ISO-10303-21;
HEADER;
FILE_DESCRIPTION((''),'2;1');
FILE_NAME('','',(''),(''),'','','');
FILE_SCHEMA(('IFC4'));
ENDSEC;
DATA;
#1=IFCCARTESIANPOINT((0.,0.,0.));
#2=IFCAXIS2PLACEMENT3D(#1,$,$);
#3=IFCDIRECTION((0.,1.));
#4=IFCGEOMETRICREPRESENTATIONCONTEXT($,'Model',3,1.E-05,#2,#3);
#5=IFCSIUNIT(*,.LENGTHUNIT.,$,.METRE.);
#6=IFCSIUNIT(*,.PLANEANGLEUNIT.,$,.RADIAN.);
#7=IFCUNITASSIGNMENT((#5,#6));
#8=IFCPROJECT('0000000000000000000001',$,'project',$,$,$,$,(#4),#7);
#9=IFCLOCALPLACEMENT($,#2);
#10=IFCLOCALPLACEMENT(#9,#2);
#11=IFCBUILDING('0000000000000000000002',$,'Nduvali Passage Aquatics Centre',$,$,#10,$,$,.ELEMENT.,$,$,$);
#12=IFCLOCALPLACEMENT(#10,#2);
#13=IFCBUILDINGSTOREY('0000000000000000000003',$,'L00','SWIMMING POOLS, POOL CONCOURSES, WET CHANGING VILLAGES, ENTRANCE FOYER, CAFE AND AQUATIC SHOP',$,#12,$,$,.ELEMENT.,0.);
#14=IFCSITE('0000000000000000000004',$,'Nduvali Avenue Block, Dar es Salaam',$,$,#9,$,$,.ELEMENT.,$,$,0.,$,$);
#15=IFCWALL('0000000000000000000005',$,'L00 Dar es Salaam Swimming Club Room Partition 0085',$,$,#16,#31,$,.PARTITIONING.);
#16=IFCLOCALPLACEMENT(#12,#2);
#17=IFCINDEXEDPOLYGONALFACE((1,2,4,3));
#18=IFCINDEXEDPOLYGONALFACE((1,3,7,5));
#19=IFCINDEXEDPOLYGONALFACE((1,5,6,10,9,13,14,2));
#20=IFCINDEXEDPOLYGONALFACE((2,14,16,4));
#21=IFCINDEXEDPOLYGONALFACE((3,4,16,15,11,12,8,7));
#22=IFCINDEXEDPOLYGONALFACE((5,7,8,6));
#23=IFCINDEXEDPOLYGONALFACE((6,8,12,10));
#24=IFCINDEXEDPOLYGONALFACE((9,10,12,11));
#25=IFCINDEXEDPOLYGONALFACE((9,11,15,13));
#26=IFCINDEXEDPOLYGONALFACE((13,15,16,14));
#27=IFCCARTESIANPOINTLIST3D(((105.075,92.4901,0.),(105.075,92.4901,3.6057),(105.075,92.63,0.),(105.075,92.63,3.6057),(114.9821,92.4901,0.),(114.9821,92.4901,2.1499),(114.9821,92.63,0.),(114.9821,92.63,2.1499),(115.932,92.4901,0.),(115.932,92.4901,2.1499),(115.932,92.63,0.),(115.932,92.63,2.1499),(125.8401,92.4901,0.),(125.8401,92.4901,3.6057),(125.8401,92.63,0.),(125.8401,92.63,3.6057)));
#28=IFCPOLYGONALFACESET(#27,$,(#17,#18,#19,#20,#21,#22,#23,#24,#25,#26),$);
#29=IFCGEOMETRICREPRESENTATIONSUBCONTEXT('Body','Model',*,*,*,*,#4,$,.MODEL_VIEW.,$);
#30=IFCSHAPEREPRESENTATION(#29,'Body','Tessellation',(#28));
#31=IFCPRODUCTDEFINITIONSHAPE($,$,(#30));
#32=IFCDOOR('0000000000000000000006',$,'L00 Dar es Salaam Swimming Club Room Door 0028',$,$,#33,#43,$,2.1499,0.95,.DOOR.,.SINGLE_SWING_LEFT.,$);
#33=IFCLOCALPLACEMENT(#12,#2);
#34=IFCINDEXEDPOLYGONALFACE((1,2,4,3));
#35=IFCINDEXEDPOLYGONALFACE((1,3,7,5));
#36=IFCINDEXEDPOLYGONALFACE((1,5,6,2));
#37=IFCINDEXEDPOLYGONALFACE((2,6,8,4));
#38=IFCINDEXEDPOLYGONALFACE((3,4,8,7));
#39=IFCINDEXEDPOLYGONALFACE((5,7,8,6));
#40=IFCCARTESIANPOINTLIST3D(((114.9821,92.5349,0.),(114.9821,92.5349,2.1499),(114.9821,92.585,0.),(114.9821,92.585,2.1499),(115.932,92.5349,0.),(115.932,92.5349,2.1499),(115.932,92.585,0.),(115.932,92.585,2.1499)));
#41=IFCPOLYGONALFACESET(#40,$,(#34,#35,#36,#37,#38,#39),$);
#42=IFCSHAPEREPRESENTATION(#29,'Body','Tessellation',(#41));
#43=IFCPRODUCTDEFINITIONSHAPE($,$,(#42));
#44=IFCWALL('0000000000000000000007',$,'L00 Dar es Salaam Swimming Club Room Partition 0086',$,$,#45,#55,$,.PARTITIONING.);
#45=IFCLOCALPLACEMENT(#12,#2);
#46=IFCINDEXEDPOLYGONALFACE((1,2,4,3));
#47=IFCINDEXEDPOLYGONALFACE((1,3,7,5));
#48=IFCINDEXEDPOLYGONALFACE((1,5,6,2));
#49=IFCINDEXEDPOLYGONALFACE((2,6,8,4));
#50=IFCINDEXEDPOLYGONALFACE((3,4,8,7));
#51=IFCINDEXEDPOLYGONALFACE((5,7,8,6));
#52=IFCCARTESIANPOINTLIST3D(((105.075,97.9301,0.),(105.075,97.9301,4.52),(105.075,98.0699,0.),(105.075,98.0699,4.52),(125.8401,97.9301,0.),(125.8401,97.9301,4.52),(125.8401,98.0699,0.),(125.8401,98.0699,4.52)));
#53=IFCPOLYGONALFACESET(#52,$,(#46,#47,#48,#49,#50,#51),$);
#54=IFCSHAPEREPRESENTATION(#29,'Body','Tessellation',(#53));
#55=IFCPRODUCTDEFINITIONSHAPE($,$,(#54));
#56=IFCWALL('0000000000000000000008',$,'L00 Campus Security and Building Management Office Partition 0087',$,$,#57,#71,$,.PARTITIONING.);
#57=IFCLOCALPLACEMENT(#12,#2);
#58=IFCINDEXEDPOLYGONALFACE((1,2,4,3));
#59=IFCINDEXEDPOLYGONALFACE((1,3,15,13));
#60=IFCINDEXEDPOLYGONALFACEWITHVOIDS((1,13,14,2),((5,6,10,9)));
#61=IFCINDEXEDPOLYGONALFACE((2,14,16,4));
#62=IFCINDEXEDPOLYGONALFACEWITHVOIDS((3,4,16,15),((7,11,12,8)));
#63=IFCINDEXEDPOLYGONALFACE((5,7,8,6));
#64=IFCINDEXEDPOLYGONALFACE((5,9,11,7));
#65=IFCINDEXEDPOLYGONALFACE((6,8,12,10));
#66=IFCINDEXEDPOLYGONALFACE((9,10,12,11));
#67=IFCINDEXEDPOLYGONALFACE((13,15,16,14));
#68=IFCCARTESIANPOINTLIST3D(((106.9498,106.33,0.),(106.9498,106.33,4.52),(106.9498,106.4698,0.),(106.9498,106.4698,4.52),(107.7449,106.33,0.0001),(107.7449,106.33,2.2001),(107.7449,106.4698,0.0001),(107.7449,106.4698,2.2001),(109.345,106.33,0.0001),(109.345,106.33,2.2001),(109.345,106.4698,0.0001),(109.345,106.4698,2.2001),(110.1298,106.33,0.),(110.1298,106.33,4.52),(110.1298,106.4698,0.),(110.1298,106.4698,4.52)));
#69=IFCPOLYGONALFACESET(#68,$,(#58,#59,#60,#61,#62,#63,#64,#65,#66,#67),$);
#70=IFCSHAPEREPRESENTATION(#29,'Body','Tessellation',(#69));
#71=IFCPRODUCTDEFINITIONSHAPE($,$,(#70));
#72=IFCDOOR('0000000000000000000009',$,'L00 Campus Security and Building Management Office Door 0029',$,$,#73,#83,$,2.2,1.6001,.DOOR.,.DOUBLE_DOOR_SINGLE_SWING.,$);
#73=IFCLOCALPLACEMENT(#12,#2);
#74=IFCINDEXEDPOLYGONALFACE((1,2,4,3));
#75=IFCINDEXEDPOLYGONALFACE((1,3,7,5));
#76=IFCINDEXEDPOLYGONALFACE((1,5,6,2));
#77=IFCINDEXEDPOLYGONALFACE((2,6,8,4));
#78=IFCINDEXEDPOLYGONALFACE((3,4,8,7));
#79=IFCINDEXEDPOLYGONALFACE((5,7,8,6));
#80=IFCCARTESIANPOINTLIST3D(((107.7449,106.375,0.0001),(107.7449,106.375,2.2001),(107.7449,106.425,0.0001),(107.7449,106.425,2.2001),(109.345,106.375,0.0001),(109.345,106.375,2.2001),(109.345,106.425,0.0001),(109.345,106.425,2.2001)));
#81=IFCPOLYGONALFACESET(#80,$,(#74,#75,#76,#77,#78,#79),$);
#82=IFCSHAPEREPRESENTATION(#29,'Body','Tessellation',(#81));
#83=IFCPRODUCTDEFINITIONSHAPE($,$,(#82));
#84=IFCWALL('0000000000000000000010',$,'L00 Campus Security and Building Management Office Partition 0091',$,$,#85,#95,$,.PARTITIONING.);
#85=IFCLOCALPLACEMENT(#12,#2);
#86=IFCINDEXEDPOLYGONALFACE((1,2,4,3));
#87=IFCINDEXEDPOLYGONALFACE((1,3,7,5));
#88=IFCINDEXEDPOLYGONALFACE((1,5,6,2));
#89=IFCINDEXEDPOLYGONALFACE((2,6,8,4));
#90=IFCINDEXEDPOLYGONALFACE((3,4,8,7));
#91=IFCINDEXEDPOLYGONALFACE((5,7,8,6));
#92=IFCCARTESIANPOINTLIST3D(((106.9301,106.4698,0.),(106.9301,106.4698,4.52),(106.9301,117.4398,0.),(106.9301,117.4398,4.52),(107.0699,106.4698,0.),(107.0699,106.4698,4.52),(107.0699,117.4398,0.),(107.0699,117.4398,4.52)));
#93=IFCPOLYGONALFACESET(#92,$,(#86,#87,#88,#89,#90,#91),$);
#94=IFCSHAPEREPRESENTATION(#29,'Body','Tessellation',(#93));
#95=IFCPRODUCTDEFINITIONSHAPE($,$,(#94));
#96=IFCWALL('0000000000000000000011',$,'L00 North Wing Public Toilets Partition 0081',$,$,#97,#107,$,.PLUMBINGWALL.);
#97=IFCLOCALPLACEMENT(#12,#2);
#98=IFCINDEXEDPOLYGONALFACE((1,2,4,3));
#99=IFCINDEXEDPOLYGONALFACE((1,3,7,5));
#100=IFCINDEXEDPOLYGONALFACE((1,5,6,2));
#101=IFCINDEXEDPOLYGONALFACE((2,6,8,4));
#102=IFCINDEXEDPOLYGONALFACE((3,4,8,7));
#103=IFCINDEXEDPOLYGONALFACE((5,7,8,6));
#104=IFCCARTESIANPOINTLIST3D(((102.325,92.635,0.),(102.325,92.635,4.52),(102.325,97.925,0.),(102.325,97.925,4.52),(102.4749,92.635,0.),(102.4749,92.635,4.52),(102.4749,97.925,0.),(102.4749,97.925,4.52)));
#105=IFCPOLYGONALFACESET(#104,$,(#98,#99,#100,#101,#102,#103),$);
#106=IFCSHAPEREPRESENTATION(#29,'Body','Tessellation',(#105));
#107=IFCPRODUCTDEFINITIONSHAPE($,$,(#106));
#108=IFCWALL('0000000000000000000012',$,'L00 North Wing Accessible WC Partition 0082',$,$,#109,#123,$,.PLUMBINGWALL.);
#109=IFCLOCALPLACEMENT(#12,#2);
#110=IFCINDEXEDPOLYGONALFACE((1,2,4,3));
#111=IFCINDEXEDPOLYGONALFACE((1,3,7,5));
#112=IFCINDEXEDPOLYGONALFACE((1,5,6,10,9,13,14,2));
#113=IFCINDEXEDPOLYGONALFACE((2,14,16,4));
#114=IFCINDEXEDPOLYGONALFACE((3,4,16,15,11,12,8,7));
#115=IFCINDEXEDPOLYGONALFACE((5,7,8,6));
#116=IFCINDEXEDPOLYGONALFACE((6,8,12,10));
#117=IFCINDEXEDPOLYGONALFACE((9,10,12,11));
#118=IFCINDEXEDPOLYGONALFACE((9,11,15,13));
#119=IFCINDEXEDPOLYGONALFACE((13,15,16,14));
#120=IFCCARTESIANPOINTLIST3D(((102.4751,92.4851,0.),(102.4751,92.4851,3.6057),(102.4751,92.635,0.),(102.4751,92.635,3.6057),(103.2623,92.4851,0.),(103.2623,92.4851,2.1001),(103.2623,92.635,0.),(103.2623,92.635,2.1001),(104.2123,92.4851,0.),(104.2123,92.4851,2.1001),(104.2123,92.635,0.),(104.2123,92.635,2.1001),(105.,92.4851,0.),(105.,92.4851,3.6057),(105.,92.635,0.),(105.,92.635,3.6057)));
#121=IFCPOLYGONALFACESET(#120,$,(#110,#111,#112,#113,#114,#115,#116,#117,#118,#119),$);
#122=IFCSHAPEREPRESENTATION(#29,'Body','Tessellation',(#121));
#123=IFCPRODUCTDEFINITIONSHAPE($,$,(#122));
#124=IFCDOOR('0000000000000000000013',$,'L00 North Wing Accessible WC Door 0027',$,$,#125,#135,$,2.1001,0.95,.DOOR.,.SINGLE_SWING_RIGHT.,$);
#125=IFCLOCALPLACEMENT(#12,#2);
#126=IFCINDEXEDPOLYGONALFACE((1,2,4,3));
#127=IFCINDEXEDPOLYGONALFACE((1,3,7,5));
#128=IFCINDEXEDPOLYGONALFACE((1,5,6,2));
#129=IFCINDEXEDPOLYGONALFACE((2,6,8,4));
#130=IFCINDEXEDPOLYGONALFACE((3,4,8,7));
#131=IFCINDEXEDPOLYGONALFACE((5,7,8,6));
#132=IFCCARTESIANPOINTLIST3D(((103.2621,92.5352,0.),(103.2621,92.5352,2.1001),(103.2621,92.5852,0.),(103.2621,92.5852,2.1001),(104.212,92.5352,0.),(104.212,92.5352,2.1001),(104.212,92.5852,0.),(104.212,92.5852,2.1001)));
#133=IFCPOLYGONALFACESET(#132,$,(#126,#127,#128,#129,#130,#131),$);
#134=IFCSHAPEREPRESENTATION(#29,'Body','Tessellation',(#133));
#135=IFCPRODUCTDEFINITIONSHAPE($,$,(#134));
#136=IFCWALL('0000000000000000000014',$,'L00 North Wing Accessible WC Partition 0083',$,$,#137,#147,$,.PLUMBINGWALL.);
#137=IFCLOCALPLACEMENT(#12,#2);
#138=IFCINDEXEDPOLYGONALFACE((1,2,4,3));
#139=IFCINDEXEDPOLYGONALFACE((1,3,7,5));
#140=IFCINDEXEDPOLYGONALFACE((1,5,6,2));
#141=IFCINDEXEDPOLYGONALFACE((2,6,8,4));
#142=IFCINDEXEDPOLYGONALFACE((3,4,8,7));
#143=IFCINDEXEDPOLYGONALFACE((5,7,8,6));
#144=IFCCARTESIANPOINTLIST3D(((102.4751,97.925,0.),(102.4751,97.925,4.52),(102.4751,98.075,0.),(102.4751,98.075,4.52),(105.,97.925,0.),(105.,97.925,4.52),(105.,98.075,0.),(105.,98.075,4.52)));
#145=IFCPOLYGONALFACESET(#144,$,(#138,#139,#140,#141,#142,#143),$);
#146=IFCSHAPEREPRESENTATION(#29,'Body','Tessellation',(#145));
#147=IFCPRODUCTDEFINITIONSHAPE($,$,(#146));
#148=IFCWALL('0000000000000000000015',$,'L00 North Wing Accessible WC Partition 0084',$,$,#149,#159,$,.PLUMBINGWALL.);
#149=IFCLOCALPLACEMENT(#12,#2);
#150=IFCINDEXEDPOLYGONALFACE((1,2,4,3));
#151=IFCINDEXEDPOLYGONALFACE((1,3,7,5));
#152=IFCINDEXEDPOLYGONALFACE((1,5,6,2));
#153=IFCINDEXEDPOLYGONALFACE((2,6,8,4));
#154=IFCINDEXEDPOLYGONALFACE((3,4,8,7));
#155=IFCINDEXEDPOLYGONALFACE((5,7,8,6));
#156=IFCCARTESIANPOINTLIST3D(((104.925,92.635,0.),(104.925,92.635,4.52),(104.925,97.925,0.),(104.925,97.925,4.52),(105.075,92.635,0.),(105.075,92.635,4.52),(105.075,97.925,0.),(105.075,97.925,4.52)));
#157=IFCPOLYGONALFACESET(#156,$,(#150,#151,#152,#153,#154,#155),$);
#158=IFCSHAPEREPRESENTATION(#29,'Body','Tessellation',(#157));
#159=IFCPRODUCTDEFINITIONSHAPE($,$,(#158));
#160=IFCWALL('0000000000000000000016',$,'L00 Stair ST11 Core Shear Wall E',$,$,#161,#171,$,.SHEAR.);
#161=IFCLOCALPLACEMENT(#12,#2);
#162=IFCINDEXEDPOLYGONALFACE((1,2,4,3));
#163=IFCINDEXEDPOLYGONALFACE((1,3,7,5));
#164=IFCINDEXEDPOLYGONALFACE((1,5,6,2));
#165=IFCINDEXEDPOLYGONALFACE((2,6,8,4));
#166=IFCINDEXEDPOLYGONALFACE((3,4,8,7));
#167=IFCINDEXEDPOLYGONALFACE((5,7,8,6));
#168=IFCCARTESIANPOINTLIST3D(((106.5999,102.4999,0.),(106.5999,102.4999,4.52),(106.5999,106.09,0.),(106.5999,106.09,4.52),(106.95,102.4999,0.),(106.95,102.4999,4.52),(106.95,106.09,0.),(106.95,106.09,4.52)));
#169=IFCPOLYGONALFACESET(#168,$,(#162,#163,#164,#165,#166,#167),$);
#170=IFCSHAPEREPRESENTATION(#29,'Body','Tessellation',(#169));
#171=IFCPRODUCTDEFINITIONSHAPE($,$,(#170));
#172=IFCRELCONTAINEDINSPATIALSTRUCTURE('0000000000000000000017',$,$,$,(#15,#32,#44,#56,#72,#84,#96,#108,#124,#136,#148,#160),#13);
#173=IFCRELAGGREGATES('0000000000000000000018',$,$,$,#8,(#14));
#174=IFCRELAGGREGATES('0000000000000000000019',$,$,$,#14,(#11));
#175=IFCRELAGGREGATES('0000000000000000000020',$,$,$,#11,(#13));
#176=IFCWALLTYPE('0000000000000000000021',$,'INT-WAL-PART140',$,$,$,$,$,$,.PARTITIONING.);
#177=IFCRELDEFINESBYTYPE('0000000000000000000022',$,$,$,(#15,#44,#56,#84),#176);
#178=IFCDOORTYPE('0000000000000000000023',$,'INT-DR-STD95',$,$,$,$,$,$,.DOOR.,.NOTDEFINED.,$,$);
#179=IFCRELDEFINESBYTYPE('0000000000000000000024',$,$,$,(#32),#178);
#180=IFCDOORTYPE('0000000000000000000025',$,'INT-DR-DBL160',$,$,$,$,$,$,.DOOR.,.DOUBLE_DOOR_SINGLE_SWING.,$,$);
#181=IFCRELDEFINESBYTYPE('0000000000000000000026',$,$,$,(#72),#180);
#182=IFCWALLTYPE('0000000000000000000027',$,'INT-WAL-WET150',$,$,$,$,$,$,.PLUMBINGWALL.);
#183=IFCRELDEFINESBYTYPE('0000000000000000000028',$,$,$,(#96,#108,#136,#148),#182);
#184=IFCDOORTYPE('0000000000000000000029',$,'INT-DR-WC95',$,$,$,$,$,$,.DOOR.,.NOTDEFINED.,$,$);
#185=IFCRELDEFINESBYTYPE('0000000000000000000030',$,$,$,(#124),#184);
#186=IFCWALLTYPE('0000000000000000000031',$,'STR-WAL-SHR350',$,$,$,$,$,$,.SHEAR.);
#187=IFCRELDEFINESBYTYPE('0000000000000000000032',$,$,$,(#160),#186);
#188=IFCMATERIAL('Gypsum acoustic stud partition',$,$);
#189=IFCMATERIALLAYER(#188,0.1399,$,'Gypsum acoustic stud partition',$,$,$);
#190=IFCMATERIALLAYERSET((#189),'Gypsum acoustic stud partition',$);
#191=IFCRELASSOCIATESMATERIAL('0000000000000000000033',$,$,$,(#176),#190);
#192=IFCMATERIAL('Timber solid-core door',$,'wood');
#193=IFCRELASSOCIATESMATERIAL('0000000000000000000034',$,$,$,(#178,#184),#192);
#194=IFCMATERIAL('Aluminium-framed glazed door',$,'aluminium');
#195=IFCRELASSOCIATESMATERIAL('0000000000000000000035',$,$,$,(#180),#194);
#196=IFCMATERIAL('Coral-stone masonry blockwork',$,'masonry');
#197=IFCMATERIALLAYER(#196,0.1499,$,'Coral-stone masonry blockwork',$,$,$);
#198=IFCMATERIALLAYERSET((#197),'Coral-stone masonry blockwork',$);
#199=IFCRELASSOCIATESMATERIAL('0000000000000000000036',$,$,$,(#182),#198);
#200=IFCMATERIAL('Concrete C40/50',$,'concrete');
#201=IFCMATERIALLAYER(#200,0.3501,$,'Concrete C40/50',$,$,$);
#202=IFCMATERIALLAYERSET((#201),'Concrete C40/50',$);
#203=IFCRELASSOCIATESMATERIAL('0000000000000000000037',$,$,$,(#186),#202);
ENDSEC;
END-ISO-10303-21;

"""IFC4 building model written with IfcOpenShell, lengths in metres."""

from ifc_helpers import new_model, si_unit, direction, frame, frame_2d, origin, place, context, subcontext, project, spatial, rectangle, extrude, material, layer, layer_set, type_object, element, fill, save


model = new_model("IFC4")

# Units and contexts
model_context = context("Model", 3, precision=1e-05, world=origin(), true_north=direction((0.0, 1.0)))
body_context = subcontext(model_context, "Body", "Model", "MODEL_VIEW")
ifc_project = project(units=[si_unit("LENGTHUNIT", "METRE"), si_unit("PLANEANGLEUNIT", "RADIAN")], contexts=[model_context])

# Site, building, storey
site_placement = place(None, origin())
site = spatial("IfcSite", under=ifc_project, at=site_placement, Name="Nduvali Avenue Block, Dar es Salaam", CompositionType="ELEMENT", RefElevation=0.0)
building_placement = place(site_placement, origin())
building = spatial("IfcBuilding", under=site, at=building_placement, Name="Nduvali Passage Aquatics Centre", CompositionType="ELEMENT")
storey_placement = place(building_placement, origin())
storey = spatial("IfcBuildingStorey", under=building, at=storey_placement, Name="L00", Description="SWIMMING POOLS, POOL CONCOURSES, WET CHANGING VILLAGES, ENTRANCE FOYER, CAFE AND AQUATIC SHOP", CompositionType="ELEMENT", Elevation=0.0)

# Shared definitions
ifc_material_1 = material(Name="Concrete C40/50", Category="concrete")

# Wall, opening, door
ifc_material_2 = material(Name="Gypsum acoustic stud partition")
ifc_layer_1 = layer(ifc_material_2, 0.1399, Name="Gypsum acoustic stud partition")
ifc_layer_set_1 = layer_set([ifc_layer_1], Name="Gypsum acoustic stud partition")
wall_type_1 = type_object("IfcWallType", Name="INT-WAL-PART140", PredefinedType="PARTITIONING", material=ifc_layer_set_1)
wall_1_placement = place(storey_placement, frame((105.075, 92.5601, 0.0), z_axis=(0.0, 0.0, 1.0), x_axis=(1.0, 0.0, 0.0)))
wall_1 = element("IfcWall", 1, at=wall_1_placement, inside=storey, type_object=wall_type_1, Name="L00 Dar es Salaam Swimming Club Room Partition 0085", PredefinedType="PARTITIONING", context=body_context, shape_type="SweptSolid", body=[
    extrude(rectangle(XDim=20.7651, YDim=0.1399, at=frame_2d((10.3826, 0.0))), origin(), (0.0, 0.0, 1.0), 3.6057),
])
opening_1_placement = place(wall_1_placement, frame((9.907, 0.0, 0.0)))
opening_1 = element("IfcOpeningElement", 2, at=opening_1_placement, cuts=wall_1, PredefinedType="OPENING", context=body_context, shape_type="SweptSolid", body=[
    extrude(rectangle(XDim=0.95, YDim=2.1499, at=frame_2d((0.4751, 1.075))), frame((0.0, 0.085, 0.0), z_axis=(0.0, -1.0, 0.0), x_axis=(1.0, 0.0, 0.0)), (0.0, 0.0, 1.0), 0.1697),
])
ifc_material_3 = material(Name="Timber solid-core door", Category="wood")
door_type_1 = type_object("IfcDoorType", Name="INT-DR-STD95", OperationType="NOTDEFINED", PredefinedType="DOOR", material=ifc_material_3)
door_1_placement = place(opening_1_placement, origin())
door_1 = element("IfcDoor", 3, at=door_1_placement, inside=storey, type_object=door_type_1, Name="L00 Dar es Salaam Swimming Club Room Door 0028", OperationType="SINGLE_SWING_LEFT", OverallHeight=2.1499, OverallWidth=0.95, PredefinedType="DOOR", context=body_context, shape_type="SweptSolid", body=[
    extrude(rectangle(XDim=0.95, YDim=2.1499, at=frame_2d((0.4751, 1.075))), frame((0.0, 0.0249, 0.0), z_axis=(0.0, -1.0, 0.0), x_axis=(1.0, 0.0, 0.0)), (0.0, 0.0, 1.0), 0.05),
])
fill(opening_1, door_1)

# Wall
wall_2_placement = place(storey_placement, frame((105.075, 98.0, 0.0), z_axis=(0.0, 0.0, 1.0), x_axis=(1.0, 0.0, 0.0)))
element("IfcWall", 4, at=wall_2_placement, inside=storey, type_object=wall_type_1, Name="L00 Dar es Salaam Swimming Club Room Partition 0086", PredefinedType="PARTITIONING", context=body_context, shape_type="SweptSolid", body=[
    extrude(rectangle(XDim=20.7651, YDim=0.1399, at=frame_2d((10.3826, 0.0))), origin(), (0.0, 0.0, 1.0), 4.52),
])

# Wall, opening, door
wall_3_placement = place(storey_placement, frame((106.95, 106.3999, 0.0), z_axis=(0.0, 0.0, 1.0), x_axis=(1.0, 0.0, 0.0)))
wall_3 = element("IfcWall", 5, at=wall_3_placement, inside=storey, type_object=wall_type_1, Name="L00 Campus Security and Building Management Office Partition 0087", PredefinedType="PARTITIONING", context=body_context, shape_type="SweptSolid", body=[
    extrude(rectangle(XDim=3.1799, YDim=0.1399, at=frame_2d((1.5898, 0.0))), origin(), (0.0, 0.0, 1.0), 4.52),
])
opening_2_placement = place(wall_3_placement, frame((0.7949, 0.0, 0.0)))
opening_2 = element("IfcOpeningElement", 6, at=opening_2_placement, cuts=wall_3, PredefinedType="OPENING", context=body_context, shape_type="SweptSolid", body=[
    extrude(rectangle(XDim=1.6001, YDim=2.2, at=frame_2d((0.8, 1.1001))), frame((0.0, 0.085, 0.0), z_axis=(0.0, -1.0, 0.0), x_axis=(1.0, 0.0, 0.0)), (0.0, 0.0, 1.0), 0.1697),
])
ifc_material_4 = material(Name="Aluminium-framed glazed door", Category="aluminium")
door_type_2 = type_object("IfcDoorType", Name="INT-DR-DBL160", OperationType="DOUBLE_DOOR_SINGLE_SWING", PredefinedType="DOOR", material=ifc_material_4)
door_2_placement = place(opening_2_placement, frame((1.6001, 0.0, 0.0), z_axis=(0.0, 0.0, 1.0), x_axis=(-1.0, 0.0, 0.0)))
door_2 = element("IfcDoor", 7, at=door_2_placement, inside=storey, type_object=door_type_2, Name="L00 Campus Security and Building Management Office Door 0029", OperationType="DOUBLE_DOOR_SINGLE_SWING", OverallHeight=2.2, OverallWidth=1.6001, PredefinedType="DOOR", context=body_context, shape_type="SweptSolid", body=[
    extrude(rectangle(XDim=1.6001, YDim=2.2, at=frame_2d((0.8, 1.1001))), frame((0.0, 0.0249, 0.0), z_axis=(0.0, -1.0, 0.0), x_axis=(1.0, 0.0, 0.0)), (0.0, 0.0, 1.0), 0.05),
])
fill(opening_2, door_2)

# Walls
wall_4_placement = place(storey_placement, frame((107.0, 106.47, 0.0), z_axis=(0.0, 0.0, 1.0), x_axis=(0.0, 1.0, 0.0)))
element("IfcWall", 8, at=wall_4_placement, inside=storey, type_object=wall_type_1, Name="L00 Campus Security and Building Management Office Partition 0091", PredefinedType="PARTITIONING", context=body_context, shape_type="SweptSolid", body=[
    extrude(rectangle(XDim=10.97, YDim=0.1399, at=frame_2d((5.4849, 0.0))), origin(), (0.0, 0.0, 1.0), 4.52),
])
ifc_material_5 = material(Name="Coral-stone masonry blockwork", Category="masonry")
ifc_layer_2 = layer(ifc_material_5, 0.1499, Name="Coral-stone masonry blockwork")
ifc_layer_set_2 = layer_set([ifc_layer_2], Name="Coral-stone masonry blockwork")
wall_type_2 = type_object("IfcWallType", Name="INT-WAL-WET150", PredefinedType="PLUMBINGWALL", material=ifc_layer_set_2)
wall_5_placement = place(storey_placement, frame((102.3999, 92.635, 0.0), z_axis=(0.0, 0.0, 1.0), x_axis=(0.0, 1.0, 0.0)))
element("IfcWall", 9, at=wall_5_placement, inside=storey, type_object=wall_type_2, Name="L00 North Wing Public Toilets Partition 0081", PredefinedType="PLUMBINGWALL", context=body_context, shape_type="SweptSolid", body=[
    extrude(rectangle(XDim=5.29, YDim=0.1499, at=frame_2d((2.645, 0.0))), origin(), (0.0, 0.0, 1.0), 4.52),
])

# Wall, opening, door
wall_6_placement = place(storey_placement, frame((102.4751, 92.5601, 0.0), z_axis=(0.0, 0.0, 1.0), x_axis=(1.0, 0.0, 0.0)))
wall_6 = element("IfcWall", 10, at=wall_6_placement, inside=storey, type_object=wall_type_2, Name="L00 North Wing Accessible WC Partition 0082", PredefinedType="PLUMBINGWALL", context=body_context, shape_type="SweptSolid", body=[
    extrude(rectangle(XDim=2.5249, YDim=0.1499, at=frame_2d((1.2625, 0.0))), origin(), (0.0, 0.0, 1.0), 3.6057),
])
opening_3_placement = place(wall_6_placement, frame((0.7871, 0.0, 0.0)))
opening_3 = element("IfcOpeningElement", 11, at=opening_3_placement, cuts=wall_6, PredefinedType="OPENING", context=body_context, shape_type="SweptSolid", body=[
    extrude(rectangle(XDim=0.95, YDim=2.1001, at=frame_2d((0.4751, 1.05))), frame((0.0, 0.0898, 0.0), z_axis=(0.0, -1.0, 0.0), x_axis=(1.0, 0.0, 0.0)), (0.0, 0.0, 1.0), 0.1797),
])
door_type_3 = type_object("IfcDoorType", Name="INT-DR-WC95", OperationType="NOTDEFINED", PredefinedType="DOOR", material=ifc_material_3)
door_3_placement = place(opening_3_placement, frame((0.95, 0.0, 0.0), z_axis=(0.0, 0.0, 1.0), x_axis=(-1.0, 0.0, 0.0)))
door_3 = element("IfcDoor", 12, at=door_3_placement, inside=storey, type_object=door_type_3, Name="L00 North Wing Accessible WC Door 0027", OperationType="SINGLE_SWING_RIGHT", OverallHeight=2.1001, OverallWidth=0.95, PredefinedType="DOOR", context=body_context, shape_type="SweptSolid", body=[
    extrude(rectangle(XDim=0.95, YDim=2.1001, at=frame_2d((0.4751, 1.05))), frame((0.0, 0.0249, 0.0), z_axis=(0.0, -1.0, 0.0), x_axis=(1.0, 0.0, 0.0)), (0.0, 0.0, 1.0), 0.05),
])
fill(opening_3, door_3)

# Walls
wall_7_placement = place(storey_placement, frame((102.4751, 98.0, 0.0), z_axis=(0.0, 0.0, 1.0), x_axis=(1.0, 0.0, 0.0)))
element("IfcWall", 13, at=wall_7_placement, inside=storey, type_object=wall_type_2, Name="L00 North Wing Accessible WC Partition 0083", PredefinedType="PLUMBINGWALL", context=body_context, shape_type="SweptSolid", body=[
    extrude(rectangle(XDim=2.5249, YDim=0.1499, at=frame_2d((1.2625, 0.0))), origin(), (0.0, 0.0, 1.0), 4.52),
])
wall_8_placement = place(storey_placement, frame((105.0, 92.635, 0.0), z_axis=(0.0, 0.0, 1.0), x_axis=(0.0, 1.0, 0.0)))
element("IfcWall", 14, at=wall_8_placement, inside=storey, type_object=wall_type_2, Name="L00 North Wing Accessible WC Partition 0084", PredefinedType="PLUMBINGWALL", context=body_context, shape_type="SweptSolid", body=[
    extrude(rectangle(XDim=5.29, YDim=0.1499, at=frame_2d((2.645, 0.0))), origin(), (0.0, 0.0, 1.0), 4.52),
])
ifc_layer_3 = layer(ifc_material_1, 0.3501, Name="Concrete C40/50")
ifc_layer_set_3 = layer_set([ifc_layer_3], Name="Concrete C40/50")
wall_type_3 = type_object("IfcWallType", Name="STR-WAL-SHR350", PredefinedType="SHEAR", material=ifc_layer_set_3)
wall_9_placement = place(storey_placement, frame((106.7749, 102.5, 0.0), z_axis=(0.0, 0.0, 1.0), x_axis=(0.0, 1.0, 0.0)))
element("IfcWall", 15, at=wall_9_placement, inside=storey, type_object=wall_type_3, Name="L00 Stair ST11 Core Shear Wall E", PredefinedType="SHEAR", context=body_context, shape_type="SweptSolid", body=[
    extrude(rectangle(XDim=3.5901, YDim=0.3501, at=frame_2d((1.7949, 0.0))), origin(), (0.0, 0.0, 1.0), 4.52),
])

save(model, "model.ifc")
